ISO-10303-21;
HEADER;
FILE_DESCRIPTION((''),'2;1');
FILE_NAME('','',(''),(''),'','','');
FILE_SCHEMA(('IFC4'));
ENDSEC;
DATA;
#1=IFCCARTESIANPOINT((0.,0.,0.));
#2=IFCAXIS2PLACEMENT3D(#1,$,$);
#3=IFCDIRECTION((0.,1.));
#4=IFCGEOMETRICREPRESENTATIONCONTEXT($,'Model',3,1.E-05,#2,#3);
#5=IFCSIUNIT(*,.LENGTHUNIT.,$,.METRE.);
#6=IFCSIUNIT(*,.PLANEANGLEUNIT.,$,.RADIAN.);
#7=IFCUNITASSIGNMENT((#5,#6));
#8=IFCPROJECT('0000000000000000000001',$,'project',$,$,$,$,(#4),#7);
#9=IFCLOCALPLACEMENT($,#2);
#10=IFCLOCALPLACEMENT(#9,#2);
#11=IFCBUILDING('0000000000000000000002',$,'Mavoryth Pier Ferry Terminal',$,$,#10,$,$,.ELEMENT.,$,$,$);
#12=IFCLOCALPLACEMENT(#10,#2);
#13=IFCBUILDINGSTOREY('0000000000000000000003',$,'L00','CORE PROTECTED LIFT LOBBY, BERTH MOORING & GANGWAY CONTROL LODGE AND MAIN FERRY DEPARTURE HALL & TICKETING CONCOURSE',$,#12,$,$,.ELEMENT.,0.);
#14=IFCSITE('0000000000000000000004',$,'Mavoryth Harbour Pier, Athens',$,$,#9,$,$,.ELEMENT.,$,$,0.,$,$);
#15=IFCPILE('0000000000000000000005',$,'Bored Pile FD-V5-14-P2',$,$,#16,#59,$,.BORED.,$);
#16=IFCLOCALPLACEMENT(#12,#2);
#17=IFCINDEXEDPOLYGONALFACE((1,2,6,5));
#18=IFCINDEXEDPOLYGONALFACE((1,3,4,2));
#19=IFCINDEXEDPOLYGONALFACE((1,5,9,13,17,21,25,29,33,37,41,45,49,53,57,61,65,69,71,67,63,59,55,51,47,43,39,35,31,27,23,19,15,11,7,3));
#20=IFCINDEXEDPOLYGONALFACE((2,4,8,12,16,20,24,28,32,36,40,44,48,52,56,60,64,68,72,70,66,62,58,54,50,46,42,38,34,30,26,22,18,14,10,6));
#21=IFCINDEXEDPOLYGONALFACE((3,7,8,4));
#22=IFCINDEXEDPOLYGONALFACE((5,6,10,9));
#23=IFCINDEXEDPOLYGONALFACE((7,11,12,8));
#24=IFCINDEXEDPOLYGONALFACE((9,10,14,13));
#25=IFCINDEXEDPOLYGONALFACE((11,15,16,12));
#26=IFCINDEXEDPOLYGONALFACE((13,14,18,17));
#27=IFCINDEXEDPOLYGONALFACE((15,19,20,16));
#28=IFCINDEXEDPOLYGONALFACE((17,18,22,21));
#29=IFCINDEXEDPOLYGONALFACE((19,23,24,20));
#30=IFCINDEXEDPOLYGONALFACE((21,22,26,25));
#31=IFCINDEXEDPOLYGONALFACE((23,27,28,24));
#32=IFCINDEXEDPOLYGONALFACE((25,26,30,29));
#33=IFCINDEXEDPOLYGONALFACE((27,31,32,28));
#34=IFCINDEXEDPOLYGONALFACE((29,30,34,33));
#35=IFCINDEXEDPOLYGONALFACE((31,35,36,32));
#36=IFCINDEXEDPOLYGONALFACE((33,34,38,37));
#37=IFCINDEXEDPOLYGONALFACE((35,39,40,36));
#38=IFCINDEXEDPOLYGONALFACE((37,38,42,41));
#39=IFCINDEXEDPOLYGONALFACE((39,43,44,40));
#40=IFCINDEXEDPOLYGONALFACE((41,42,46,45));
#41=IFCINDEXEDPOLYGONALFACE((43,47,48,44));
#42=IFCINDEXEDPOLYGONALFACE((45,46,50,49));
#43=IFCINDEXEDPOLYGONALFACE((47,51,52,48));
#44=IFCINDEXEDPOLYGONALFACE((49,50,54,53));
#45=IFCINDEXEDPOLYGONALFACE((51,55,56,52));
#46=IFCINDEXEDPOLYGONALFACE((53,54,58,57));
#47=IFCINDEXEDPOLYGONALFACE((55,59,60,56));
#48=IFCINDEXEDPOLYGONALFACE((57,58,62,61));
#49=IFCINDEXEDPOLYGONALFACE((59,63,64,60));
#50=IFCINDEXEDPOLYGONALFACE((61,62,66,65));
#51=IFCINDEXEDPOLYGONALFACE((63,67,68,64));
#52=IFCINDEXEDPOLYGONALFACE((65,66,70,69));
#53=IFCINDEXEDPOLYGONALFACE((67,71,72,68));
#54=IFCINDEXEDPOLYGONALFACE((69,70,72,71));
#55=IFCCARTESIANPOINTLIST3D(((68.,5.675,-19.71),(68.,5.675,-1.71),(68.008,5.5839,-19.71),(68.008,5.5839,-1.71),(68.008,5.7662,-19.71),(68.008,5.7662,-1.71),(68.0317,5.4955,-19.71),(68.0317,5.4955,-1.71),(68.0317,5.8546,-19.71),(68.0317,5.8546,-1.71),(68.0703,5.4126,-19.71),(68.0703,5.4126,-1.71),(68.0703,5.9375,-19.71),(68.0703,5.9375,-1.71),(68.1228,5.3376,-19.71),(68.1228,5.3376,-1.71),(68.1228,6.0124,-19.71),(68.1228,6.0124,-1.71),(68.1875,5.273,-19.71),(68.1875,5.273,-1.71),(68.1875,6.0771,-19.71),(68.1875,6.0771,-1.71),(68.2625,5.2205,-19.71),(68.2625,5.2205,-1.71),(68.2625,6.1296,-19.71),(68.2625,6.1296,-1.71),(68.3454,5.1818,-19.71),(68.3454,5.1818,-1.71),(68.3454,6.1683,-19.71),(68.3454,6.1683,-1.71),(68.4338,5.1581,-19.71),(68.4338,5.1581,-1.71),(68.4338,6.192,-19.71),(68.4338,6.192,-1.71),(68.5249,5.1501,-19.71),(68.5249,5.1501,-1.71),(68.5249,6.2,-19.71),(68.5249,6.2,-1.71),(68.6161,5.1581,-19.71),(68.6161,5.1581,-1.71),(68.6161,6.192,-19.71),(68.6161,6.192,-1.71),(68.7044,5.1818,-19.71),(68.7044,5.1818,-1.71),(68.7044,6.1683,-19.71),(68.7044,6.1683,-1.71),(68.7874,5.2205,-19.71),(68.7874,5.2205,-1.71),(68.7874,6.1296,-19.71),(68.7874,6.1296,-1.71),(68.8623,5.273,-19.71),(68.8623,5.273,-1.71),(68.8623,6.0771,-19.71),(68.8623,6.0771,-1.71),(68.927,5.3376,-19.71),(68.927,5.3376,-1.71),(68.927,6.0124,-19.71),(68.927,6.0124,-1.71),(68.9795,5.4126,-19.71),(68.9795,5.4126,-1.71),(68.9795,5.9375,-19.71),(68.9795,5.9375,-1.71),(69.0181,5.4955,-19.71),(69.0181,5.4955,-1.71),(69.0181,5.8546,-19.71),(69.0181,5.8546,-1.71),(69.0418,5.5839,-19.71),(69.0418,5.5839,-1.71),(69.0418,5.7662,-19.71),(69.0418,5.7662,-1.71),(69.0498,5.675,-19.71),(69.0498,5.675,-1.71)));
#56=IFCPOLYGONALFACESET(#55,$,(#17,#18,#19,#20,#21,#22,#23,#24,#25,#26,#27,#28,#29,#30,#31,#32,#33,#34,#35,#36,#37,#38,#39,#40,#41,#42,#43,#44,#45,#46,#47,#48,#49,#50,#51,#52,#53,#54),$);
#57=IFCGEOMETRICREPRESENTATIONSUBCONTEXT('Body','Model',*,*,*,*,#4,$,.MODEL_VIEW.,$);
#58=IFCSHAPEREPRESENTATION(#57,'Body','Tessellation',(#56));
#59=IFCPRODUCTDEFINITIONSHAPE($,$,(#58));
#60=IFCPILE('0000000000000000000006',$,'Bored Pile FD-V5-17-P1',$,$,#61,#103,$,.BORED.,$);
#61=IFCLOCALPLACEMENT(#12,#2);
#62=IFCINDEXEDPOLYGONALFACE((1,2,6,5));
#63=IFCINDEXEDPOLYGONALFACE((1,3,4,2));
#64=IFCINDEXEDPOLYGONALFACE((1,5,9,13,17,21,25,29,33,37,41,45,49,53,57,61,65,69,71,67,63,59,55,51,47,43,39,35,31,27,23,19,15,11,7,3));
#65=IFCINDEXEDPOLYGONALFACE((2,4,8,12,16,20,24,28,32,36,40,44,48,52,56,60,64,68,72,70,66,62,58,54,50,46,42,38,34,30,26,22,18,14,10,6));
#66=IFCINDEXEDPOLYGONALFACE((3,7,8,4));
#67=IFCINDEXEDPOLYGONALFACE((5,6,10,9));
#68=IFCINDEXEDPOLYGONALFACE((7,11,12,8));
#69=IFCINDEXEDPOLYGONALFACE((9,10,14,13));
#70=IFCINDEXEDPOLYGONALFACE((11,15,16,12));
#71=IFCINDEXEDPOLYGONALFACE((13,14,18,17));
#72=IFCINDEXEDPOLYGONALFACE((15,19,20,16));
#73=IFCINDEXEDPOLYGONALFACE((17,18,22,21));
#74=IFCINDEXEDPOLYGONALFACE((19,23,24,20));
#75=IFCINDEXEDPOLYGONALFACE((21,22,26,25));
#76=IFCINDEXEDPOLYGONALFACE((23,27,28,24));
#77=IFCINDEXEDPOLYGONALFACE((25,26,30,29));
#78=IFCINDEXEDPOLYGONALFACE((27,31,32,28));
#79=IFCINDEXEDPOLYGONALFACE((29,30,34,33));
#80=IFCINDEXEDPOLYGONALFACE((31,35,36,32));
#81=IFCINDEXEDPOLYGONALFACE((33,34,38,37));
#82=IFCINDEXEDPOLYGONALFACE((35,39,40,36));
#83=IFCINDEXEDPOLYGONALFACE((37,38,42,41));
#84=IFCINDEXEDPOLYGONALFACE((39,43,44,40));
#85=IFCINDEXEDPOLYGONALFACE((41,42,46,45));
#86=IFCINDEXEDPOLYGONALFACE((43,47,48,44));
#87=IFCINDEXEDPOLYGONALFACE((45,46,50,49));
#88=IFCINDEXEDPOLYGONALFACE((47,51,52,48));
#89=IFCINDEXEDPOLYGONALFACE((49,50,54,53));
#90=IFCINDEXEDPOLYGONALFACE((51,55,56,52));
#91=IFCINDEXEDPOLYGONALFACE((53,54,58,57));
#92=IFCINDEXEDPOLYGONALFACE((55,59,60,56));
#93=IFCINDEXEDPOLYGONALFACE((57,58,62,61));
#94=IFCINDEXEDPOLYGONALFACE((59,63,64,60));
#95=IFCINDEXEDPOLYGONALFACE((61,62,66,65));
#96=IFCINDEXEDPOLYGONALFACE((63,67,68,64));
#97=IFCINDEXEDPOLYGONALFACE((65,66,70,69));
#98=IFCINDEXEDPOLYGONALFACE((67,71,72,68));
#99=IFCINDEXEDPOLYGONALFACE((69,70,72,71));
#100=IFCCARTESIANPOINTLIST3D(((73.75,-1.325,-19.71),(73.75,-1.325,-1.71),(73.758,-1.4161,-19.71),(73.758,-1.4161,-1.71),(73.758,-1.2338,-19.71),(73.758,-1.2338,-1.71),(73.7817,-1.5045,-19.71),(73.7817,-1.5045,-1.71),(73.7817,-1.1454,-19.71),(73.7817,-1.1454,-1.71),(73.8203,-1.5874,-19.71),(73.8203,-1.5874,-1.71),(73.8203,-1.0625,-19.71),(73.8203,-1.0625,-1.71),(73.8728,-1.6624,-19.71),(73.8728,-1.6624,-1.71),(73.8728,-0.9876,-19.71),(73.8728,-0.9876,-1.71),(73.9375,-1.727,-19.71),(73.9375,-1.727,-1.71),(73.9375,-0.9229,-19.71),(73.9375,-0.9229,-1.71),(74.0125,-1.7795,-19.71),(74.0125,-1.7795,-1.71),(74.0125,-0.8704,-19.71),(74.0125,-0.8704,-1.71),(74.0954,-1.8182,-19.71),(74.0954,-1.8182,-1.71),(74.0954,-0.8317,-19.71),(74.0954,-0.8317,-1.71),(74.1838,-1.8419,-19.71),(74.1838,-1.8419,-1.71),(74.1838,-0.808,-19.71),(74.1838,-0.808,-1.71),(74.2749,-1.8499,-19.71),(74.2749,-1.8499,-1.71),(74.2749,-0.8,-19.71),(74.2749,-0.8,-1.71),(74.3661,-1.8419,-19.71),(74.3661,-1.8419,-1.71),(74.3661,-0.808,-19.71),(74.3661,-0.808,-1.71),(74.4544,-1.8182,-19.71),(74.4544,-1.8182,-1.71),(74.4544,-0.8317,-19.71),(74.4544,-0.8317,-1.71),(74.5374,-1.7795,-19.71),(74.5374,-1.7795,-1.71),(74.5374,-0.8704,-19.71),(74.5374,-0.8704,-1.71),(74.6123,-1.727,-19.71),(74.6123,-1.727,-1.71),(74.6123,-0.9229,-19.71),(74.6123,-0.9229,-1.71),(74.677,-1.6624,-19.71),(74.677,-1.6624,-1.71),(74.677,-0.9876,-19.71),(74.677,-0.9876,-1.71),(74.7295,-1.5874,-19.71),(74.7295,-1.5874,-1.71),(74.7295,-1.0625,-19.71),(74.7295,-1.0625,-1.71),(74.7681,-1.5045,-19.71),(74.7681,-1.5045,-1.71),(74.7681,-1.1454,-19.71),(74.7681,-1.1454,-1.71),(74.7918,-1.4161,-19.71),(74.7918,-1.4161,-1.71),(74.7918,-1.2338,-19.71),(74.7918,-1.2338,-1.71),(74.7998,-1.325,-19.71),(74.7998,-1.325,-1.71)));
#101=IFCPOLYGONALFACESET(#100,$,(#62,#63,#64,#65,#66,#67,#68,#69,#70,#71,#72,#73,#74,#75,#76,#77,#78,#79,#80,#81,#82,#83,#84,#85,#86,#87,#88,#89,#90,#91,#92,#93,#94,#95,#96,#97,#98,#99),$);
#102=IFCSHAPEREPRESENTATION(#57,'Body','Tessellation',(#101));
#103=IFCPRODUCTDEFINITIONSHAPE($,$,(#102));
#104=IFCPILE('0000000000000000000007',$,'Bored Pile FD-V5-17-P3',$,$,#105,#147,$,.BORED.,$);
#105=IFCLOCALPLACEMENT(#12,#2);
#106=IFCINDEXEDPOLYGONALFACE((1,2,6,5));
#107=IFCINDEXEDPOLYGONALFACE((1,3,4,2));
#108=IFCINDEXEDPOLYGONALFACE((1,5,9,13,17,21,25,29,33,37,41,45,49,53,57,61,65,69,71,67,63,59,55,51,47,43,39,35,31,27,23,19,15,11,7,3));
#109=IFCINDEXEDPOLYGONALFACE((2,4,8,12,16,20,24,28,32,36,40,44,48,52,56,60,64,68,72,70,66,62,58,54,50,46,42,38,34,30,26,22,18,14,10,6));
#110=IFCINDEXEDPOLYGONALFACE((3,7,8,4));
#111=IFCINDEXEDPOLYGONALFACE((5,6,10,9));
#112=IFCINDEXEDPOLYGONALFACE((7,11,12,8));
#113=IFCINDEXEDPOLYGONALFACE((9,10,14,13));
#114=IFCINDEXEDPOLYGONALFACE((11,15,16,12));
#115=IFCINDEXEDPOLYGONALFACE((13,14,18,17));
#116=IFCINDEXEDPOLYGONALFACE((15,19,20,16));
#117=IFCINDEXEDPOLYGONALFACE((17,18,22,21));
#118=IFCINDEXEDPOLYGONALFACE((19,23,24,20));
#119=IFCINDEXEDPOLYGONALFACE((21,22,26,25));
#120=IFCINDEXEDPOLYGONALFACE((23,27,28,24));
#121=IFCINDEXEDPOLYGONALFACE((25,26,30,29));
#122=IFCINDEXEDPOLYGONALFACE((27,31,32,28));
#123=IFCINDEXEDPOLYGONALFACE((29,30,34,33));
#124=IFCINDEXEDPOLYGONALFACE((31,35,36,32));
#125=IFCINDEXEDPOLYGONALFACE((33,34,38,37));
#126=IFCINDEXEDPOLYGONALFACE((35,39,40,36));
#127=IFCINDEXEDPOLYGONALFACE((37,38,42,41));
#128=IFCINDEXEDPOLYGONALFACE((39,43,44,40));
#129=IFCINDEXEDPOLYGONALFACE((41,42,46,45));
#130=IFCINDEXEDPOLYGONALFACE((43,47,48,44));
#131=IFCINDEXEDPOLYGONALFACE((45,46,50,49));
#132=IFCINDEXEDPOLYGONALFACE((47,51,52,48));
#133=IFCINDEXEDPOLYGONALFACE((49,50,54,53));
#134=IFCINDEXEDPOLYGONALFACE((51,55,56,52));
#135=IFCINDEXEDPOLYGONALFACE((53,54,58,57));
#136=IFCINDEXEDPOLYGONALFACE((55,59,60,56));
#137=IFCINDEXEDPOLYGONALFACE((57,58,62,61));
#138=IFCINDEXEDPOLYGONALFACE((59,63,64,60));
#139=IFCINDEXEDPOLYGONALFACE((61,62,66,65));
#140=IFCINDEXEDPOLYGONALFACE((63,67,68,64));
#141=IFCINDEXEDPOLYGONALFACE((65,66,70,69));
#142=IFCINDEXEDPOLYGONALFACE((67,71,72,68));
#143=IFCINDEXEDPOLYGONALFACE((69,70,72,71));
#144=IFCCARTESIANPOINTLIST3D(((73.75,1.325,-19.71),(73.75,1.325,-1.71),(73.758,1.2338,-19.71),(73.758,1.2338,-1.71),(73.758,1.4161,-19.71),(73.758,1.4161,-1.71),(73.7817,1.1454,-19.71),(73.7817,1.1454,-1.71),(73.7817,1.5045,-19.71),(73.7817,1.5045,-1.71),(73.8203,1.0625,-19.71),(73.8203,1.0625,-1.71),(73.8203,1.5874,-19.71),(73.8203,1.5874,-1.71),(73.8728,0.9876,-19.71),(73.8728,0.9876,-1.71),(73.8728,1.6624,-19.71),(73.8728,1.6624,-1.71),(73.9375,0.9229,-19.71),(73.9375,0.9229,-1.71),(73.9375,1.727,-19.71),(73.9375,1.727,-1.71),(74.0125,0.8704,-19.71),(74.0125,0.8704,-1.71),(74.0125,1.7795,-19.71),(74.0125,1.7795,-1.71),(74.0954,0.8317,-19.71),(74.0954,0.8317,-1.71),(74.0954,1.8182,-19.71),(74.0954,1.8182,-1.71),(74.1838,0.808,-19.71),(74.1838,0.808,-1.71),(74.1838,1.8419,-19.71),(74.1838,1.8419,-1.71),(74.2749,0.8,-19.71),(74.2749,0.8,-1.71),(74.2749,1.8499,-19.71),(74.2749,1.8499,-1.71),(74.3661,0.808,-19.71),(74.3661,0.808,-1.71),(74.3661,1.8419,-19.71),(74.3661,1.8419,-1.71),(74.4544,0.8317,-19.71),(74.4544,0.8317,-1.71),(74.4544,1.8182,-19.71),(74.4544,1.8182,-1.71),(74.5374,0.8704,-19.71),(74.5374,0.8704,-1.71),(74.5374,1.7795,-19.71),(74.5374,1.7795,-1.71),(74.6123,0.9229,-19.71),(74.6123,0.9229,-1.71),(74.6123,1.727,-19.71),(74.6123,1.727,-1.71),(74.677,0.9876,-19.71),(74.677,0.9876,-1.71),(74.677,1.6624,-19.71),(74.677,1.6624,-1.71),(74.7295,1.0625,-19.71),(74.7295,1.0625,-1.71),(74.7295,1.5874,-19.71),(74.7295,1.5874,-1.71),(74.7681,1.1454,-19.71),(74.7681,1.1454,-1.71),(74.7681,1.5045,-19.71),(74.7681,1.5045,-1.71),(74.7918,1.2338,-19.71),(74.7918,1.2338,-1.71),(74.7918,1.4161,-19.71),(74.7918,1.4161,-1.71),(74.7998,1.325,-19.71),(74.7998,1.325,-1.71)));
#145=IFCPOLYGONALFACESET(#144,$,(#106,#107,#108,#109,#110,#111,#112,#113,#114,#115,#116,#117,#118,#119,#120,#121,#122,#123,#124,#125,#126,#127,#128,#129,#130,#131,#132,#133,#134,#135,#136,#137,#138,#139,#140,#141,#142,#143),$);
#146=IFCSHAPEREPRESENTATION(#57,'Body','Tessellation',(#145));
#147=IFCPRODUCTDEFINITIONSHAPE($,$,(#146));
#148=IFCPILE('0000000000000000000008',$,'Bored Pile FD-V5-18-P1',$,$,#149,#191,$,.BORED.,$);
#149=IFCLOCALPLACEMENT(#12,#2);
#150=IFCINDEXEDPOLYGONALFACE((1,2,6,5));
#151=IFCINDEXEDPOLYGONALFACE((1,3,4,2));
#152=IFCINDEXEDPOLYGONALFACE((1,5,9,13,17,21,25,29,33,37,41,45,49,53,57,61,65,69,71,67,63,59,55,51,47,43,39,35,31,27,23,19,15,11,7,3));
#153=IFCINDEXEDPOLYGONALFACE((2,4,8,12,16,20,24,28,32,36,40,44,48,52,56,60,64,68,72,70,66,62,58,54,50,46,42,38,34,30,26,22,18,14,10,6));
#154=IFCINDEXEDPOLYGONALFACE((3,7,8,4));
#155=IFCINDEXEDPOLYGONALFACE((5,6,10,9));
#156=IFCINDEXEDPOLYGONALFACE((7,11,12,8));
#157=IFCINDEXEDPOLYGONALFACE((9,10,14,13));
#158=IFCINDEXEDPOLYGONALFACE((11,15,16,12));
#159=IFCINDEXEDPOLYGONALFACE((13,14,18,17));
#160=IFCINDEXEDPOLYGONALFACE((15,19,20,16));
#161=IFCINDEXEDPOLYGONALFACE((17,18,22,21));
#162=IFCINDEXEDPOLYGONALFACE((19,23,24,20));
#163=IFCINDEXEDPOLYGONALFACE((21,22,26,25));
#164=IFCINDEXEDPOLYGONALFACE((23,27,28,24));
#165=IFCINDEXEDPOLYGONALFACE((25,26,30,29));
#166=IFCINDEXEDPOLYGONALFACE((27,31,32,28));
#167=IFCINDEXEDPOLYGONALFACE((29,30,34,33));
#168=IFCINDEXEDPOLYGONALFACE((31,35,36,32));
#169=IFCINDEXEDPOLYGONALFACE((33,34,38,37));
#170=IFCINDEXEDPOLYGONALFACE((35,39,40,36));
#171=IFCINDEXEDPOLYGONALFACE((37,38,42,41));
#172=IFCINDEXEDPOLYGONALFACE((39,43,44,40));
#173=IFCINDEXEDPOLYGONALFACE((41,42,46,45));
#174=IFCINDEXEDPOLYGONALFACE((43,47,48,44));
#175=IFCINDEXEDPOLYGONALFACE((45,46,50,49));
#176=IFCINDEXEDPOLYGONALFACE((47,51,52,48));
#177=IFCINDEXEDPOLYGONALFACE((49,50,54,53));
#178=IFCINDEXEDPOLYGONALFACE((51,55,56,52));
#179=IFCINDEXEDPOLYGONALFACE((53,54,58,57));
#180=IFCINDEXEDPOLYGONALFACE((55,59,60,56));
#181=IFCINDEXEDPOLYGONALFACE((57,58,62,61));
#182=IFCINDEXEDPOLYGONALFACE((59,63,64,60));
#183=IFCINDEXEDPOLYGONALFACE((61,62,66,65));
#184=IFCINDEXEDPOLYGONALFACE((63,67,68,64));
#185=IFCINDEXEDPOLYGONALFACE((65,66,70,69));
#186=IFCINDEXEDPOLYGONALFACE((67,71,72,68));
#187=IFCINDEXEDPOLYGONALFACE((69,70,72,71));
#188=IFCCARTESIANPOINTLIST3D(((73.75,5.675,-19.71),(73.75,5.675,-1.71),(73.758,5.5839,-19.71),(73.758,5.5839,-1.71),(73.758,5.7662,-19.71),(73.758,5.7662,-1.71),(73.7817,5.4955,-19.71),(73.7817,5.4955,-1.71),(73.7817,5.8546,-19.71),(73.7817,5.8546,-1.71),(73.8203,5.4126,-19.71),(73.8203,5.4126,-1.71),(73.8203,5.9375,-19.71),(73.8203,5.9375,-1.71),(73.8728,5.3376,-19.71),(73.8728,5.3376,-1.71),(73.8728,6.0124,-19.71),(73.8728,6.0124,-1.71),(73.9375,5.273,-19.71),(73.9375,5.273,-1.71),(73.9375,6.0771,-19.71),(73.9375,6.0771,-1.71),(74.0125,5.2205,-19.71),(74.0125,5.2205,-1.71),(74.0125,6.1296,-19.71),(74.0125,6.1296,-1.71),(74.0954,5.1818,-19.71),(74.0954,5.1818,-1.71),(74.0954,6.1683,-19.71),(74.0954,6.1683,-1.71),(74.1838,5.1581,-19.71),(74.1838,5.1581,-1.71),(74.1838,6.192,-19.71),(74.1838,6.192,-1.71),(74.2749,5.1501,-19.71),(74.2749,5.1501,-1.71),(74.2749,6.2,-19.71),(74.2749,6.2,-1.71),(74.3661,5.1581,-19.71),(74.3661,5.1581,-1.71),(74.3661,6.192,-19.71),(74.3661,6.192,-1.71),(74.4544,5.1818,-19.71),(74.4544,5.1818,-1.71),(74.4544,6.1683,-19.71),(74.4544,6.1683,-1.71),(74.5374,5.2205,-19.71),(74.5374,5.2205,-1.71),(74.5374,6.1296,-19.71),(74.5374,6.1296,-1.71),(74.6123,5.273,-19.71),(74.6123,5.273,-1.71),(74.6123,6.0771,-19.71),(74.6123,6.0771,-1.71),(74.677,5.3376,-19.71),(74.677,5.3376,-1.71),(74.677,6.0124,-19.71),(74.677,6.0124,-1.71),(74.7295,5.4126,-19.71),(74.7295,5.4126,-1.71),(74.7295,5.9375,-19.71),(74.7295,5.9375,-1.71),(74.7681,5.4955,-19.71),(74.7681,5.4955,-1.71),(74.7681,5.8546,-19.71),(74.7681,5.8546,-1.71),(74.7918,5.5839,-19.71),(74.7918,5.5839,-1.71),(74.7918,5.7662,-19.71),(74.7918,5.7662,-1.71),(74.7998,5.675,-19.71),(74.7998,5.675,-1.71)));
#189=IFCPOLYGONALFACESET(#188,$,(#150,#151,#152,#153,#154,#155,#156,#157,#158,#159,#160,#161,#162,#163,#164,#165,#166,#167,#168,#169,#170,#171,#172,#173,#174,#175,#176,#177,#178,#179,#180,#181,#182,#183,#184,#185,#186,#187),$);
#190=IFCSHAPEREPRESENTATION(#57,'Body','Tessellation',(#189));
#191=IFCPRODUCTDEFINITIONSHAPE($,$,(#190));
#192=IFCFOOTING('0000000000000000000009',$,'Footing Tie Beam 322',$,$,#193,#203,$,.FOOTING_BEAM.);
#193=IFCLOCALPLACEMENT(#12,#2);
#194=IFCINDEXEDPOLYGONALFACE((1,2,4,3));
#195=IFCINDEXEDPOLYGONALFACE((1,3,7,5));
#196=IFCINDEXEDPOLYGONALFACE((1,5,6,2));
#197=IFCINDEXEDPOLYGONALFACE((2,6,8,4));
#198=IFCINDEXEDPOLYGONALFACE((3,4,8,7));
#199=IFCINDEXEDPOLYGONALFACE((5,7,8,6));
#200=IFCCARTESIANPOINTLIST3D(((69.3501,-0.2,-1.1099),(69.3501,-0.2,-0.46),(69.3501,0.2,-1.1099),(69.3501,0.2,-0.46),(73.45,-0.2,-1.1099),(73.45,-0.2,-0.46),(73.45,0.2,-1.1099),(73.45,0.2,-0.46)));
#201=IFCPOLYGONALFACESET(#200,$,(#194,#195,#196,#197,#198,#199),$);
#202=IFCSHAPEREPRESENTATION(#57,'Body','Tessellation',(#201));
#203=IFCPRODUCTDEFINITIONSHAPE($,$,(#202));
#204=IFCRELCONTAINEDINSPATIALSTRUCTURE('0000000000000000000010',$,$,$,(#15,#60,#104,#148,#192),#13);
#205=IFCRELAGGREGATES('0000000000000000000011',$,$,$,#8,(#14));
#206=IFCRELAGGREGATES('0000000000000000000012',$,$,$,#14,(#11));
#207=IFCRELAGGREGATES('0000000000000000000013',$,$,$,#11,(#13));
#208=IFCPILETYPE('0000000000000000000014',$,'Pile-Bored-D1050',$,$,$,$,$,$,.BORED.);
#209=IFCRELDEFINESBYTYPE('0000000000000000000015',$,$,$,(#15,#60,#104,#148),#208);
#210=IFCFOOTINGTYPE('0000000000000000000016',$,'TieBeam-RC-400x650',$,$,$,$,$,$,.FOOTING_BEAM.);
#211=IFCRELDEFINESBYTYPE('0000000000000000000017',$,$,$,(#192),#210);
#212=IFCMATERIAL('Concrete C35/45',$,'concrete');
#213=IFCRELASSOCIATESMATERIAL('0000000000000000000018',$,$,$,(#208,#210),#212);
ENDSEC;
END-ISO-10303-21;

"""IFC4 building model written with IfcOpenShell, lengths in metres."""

from ifc_helpers import new_model, si_unit, direction, frame, origin, origin_2d, place, context, subcontext, project, spatial, rectangle, circle, extrude, material, material_profile, profile_set, type_object, element, save


model = new_model("IFC4")

# Units and contexts
model_context = context("Model", 3, precision=1e-05, world=origin(), true_north=direction((0.0, 1.0)))
body_context = subcontext(model_context, "Body", "Model", "MODEL_VIEW")
ifc_project = project(units=[si_unit("LENGTHUNIT", "METRE"), si_unit("PLANEANGLEUNIT", "RADIAN")], contexts=[model_context])

# Site, building, storey
site_placement = place(None, origin())
site = spatial("IfcSite", under=ifc_project, at=site_placement, Name="Mavoryth Harbour Pier, Athens", CompositionType="ELEMENT", RefElevation=0.0)
building_placement = place(site_placement, origin())
building = spatial("IfcBuilding", under=site, at=building_placement, Name="Mavoryth Pier Ferry Terminal", CompositionType="ELEMENT")
storey_placement = place(building_placement, origin())
storey = spatial("IfcBuildingStorey", under=building, at=storey_placement, Name="L00", Description="CORE PROTECTED LIFT LOBBY, BERTH MOORING & GANGWAY CONTROL LODGE AND MAIN FERRY DEPARTURE HALL & TICKETING CONCOURSE", CompositionType="ELEMENT", Elevation=0.0)

# Shared definitions
ifc_material_1 = material(Name="Concrete C35/45", Category="concrete")

# Piles
ifc_material_profile_1 = material_profile(ifc_material_1, circle(Radius=0.5249, at=origin_2d()), Name="PILE D1050", Category="concrete")
ifc_profile_set_1 = profile_set([ifc_material_profile_1], Name="Concrete C35/45 - PILE D1050")
pile_type = type_object("IfcPileType", Name="Pile-Bored-D1050", PredefinedType="BORED", material=ifc_profile_set_1)
for number, where, z_axis, x_axis, name in (
    (1, (68.5249, 5.675, -1.71), (0.0, 0.0, -1.0), (1.0, 0.0, 0.0), "Bored Pile FD-V5-14-P2"),
    (2, (74.2749, -1.325, -1.71), (0.0, 0.0, -1.0), (1.0, 0.0, 0.0), "Bored Pile FD-V5-17-P1"),
    (3, (74.2749, 1.325, -1.71), (0.0, 0.0, -1.0), (1.0, 0.0, 0.0), "Bored Pile FD-V5-17-P3"),
    (4, (74.2749, 5.675, -1.71), (0.0, 0.0, -1.0), (1.0, 0.0, 0.0), "Bored Pile FD-V5-18-P1"),
):
    element("IfcPile", number, at=place(storey_placement, frame(where, z_axis=z_axis, x_axis=x_axis)), inside=storey, type_object=pile_type, Name=name, PredefinedType="BORED", context=body_context, shape_type="SweptSolid", body=[
        extrude(circle(Radius=0.5249, at=origin_2d()), origin(), (0.0, 0.0, 1.0), 18.0),
    ])

# Footing
ifc_material_profile_2 = material_profile(ifc_material_1, rectangle(XDim=0.3999, YDim=0.6499, at=origin_2d()), Name="RC 400x650", Category="concrete")
ifc_profile_set_2 = profile_set([ifc_material_profile_2], Name="Concrete C35/45 - RC 400x650")
footing_type_1 = type_object("IfcFootingType", Name="TieBeam-RC-400x650", PredefinedType="FOOTING_BEAM", material=ifc_profile_set_2)
for number, where, z_axis, x_axis, name in (
    (5, (69.3501, 0.0, -0.7849), (1.0, 0.0, 0.0), (0.0, 1.0, 0.0), "Footing Tie Beam 322"),
):
    element("IfcFooting", number, at=place(storey_placement, frame(where, z_axis=z_axis, x_axis=x_axis)), inside=storey, type_object=footing_type_1, Name=name, PredefinedType="FOOTING_BEAM", context=body_context, shape_type="SweptSolid", body=[
        extrude(rectangle(XDim=0.3999, YDim=0.6499, at=origin_2d()), origin(), (0.0, 0.0, 1.0), 4.0999),
    ])

save(model, "model.ifc")
